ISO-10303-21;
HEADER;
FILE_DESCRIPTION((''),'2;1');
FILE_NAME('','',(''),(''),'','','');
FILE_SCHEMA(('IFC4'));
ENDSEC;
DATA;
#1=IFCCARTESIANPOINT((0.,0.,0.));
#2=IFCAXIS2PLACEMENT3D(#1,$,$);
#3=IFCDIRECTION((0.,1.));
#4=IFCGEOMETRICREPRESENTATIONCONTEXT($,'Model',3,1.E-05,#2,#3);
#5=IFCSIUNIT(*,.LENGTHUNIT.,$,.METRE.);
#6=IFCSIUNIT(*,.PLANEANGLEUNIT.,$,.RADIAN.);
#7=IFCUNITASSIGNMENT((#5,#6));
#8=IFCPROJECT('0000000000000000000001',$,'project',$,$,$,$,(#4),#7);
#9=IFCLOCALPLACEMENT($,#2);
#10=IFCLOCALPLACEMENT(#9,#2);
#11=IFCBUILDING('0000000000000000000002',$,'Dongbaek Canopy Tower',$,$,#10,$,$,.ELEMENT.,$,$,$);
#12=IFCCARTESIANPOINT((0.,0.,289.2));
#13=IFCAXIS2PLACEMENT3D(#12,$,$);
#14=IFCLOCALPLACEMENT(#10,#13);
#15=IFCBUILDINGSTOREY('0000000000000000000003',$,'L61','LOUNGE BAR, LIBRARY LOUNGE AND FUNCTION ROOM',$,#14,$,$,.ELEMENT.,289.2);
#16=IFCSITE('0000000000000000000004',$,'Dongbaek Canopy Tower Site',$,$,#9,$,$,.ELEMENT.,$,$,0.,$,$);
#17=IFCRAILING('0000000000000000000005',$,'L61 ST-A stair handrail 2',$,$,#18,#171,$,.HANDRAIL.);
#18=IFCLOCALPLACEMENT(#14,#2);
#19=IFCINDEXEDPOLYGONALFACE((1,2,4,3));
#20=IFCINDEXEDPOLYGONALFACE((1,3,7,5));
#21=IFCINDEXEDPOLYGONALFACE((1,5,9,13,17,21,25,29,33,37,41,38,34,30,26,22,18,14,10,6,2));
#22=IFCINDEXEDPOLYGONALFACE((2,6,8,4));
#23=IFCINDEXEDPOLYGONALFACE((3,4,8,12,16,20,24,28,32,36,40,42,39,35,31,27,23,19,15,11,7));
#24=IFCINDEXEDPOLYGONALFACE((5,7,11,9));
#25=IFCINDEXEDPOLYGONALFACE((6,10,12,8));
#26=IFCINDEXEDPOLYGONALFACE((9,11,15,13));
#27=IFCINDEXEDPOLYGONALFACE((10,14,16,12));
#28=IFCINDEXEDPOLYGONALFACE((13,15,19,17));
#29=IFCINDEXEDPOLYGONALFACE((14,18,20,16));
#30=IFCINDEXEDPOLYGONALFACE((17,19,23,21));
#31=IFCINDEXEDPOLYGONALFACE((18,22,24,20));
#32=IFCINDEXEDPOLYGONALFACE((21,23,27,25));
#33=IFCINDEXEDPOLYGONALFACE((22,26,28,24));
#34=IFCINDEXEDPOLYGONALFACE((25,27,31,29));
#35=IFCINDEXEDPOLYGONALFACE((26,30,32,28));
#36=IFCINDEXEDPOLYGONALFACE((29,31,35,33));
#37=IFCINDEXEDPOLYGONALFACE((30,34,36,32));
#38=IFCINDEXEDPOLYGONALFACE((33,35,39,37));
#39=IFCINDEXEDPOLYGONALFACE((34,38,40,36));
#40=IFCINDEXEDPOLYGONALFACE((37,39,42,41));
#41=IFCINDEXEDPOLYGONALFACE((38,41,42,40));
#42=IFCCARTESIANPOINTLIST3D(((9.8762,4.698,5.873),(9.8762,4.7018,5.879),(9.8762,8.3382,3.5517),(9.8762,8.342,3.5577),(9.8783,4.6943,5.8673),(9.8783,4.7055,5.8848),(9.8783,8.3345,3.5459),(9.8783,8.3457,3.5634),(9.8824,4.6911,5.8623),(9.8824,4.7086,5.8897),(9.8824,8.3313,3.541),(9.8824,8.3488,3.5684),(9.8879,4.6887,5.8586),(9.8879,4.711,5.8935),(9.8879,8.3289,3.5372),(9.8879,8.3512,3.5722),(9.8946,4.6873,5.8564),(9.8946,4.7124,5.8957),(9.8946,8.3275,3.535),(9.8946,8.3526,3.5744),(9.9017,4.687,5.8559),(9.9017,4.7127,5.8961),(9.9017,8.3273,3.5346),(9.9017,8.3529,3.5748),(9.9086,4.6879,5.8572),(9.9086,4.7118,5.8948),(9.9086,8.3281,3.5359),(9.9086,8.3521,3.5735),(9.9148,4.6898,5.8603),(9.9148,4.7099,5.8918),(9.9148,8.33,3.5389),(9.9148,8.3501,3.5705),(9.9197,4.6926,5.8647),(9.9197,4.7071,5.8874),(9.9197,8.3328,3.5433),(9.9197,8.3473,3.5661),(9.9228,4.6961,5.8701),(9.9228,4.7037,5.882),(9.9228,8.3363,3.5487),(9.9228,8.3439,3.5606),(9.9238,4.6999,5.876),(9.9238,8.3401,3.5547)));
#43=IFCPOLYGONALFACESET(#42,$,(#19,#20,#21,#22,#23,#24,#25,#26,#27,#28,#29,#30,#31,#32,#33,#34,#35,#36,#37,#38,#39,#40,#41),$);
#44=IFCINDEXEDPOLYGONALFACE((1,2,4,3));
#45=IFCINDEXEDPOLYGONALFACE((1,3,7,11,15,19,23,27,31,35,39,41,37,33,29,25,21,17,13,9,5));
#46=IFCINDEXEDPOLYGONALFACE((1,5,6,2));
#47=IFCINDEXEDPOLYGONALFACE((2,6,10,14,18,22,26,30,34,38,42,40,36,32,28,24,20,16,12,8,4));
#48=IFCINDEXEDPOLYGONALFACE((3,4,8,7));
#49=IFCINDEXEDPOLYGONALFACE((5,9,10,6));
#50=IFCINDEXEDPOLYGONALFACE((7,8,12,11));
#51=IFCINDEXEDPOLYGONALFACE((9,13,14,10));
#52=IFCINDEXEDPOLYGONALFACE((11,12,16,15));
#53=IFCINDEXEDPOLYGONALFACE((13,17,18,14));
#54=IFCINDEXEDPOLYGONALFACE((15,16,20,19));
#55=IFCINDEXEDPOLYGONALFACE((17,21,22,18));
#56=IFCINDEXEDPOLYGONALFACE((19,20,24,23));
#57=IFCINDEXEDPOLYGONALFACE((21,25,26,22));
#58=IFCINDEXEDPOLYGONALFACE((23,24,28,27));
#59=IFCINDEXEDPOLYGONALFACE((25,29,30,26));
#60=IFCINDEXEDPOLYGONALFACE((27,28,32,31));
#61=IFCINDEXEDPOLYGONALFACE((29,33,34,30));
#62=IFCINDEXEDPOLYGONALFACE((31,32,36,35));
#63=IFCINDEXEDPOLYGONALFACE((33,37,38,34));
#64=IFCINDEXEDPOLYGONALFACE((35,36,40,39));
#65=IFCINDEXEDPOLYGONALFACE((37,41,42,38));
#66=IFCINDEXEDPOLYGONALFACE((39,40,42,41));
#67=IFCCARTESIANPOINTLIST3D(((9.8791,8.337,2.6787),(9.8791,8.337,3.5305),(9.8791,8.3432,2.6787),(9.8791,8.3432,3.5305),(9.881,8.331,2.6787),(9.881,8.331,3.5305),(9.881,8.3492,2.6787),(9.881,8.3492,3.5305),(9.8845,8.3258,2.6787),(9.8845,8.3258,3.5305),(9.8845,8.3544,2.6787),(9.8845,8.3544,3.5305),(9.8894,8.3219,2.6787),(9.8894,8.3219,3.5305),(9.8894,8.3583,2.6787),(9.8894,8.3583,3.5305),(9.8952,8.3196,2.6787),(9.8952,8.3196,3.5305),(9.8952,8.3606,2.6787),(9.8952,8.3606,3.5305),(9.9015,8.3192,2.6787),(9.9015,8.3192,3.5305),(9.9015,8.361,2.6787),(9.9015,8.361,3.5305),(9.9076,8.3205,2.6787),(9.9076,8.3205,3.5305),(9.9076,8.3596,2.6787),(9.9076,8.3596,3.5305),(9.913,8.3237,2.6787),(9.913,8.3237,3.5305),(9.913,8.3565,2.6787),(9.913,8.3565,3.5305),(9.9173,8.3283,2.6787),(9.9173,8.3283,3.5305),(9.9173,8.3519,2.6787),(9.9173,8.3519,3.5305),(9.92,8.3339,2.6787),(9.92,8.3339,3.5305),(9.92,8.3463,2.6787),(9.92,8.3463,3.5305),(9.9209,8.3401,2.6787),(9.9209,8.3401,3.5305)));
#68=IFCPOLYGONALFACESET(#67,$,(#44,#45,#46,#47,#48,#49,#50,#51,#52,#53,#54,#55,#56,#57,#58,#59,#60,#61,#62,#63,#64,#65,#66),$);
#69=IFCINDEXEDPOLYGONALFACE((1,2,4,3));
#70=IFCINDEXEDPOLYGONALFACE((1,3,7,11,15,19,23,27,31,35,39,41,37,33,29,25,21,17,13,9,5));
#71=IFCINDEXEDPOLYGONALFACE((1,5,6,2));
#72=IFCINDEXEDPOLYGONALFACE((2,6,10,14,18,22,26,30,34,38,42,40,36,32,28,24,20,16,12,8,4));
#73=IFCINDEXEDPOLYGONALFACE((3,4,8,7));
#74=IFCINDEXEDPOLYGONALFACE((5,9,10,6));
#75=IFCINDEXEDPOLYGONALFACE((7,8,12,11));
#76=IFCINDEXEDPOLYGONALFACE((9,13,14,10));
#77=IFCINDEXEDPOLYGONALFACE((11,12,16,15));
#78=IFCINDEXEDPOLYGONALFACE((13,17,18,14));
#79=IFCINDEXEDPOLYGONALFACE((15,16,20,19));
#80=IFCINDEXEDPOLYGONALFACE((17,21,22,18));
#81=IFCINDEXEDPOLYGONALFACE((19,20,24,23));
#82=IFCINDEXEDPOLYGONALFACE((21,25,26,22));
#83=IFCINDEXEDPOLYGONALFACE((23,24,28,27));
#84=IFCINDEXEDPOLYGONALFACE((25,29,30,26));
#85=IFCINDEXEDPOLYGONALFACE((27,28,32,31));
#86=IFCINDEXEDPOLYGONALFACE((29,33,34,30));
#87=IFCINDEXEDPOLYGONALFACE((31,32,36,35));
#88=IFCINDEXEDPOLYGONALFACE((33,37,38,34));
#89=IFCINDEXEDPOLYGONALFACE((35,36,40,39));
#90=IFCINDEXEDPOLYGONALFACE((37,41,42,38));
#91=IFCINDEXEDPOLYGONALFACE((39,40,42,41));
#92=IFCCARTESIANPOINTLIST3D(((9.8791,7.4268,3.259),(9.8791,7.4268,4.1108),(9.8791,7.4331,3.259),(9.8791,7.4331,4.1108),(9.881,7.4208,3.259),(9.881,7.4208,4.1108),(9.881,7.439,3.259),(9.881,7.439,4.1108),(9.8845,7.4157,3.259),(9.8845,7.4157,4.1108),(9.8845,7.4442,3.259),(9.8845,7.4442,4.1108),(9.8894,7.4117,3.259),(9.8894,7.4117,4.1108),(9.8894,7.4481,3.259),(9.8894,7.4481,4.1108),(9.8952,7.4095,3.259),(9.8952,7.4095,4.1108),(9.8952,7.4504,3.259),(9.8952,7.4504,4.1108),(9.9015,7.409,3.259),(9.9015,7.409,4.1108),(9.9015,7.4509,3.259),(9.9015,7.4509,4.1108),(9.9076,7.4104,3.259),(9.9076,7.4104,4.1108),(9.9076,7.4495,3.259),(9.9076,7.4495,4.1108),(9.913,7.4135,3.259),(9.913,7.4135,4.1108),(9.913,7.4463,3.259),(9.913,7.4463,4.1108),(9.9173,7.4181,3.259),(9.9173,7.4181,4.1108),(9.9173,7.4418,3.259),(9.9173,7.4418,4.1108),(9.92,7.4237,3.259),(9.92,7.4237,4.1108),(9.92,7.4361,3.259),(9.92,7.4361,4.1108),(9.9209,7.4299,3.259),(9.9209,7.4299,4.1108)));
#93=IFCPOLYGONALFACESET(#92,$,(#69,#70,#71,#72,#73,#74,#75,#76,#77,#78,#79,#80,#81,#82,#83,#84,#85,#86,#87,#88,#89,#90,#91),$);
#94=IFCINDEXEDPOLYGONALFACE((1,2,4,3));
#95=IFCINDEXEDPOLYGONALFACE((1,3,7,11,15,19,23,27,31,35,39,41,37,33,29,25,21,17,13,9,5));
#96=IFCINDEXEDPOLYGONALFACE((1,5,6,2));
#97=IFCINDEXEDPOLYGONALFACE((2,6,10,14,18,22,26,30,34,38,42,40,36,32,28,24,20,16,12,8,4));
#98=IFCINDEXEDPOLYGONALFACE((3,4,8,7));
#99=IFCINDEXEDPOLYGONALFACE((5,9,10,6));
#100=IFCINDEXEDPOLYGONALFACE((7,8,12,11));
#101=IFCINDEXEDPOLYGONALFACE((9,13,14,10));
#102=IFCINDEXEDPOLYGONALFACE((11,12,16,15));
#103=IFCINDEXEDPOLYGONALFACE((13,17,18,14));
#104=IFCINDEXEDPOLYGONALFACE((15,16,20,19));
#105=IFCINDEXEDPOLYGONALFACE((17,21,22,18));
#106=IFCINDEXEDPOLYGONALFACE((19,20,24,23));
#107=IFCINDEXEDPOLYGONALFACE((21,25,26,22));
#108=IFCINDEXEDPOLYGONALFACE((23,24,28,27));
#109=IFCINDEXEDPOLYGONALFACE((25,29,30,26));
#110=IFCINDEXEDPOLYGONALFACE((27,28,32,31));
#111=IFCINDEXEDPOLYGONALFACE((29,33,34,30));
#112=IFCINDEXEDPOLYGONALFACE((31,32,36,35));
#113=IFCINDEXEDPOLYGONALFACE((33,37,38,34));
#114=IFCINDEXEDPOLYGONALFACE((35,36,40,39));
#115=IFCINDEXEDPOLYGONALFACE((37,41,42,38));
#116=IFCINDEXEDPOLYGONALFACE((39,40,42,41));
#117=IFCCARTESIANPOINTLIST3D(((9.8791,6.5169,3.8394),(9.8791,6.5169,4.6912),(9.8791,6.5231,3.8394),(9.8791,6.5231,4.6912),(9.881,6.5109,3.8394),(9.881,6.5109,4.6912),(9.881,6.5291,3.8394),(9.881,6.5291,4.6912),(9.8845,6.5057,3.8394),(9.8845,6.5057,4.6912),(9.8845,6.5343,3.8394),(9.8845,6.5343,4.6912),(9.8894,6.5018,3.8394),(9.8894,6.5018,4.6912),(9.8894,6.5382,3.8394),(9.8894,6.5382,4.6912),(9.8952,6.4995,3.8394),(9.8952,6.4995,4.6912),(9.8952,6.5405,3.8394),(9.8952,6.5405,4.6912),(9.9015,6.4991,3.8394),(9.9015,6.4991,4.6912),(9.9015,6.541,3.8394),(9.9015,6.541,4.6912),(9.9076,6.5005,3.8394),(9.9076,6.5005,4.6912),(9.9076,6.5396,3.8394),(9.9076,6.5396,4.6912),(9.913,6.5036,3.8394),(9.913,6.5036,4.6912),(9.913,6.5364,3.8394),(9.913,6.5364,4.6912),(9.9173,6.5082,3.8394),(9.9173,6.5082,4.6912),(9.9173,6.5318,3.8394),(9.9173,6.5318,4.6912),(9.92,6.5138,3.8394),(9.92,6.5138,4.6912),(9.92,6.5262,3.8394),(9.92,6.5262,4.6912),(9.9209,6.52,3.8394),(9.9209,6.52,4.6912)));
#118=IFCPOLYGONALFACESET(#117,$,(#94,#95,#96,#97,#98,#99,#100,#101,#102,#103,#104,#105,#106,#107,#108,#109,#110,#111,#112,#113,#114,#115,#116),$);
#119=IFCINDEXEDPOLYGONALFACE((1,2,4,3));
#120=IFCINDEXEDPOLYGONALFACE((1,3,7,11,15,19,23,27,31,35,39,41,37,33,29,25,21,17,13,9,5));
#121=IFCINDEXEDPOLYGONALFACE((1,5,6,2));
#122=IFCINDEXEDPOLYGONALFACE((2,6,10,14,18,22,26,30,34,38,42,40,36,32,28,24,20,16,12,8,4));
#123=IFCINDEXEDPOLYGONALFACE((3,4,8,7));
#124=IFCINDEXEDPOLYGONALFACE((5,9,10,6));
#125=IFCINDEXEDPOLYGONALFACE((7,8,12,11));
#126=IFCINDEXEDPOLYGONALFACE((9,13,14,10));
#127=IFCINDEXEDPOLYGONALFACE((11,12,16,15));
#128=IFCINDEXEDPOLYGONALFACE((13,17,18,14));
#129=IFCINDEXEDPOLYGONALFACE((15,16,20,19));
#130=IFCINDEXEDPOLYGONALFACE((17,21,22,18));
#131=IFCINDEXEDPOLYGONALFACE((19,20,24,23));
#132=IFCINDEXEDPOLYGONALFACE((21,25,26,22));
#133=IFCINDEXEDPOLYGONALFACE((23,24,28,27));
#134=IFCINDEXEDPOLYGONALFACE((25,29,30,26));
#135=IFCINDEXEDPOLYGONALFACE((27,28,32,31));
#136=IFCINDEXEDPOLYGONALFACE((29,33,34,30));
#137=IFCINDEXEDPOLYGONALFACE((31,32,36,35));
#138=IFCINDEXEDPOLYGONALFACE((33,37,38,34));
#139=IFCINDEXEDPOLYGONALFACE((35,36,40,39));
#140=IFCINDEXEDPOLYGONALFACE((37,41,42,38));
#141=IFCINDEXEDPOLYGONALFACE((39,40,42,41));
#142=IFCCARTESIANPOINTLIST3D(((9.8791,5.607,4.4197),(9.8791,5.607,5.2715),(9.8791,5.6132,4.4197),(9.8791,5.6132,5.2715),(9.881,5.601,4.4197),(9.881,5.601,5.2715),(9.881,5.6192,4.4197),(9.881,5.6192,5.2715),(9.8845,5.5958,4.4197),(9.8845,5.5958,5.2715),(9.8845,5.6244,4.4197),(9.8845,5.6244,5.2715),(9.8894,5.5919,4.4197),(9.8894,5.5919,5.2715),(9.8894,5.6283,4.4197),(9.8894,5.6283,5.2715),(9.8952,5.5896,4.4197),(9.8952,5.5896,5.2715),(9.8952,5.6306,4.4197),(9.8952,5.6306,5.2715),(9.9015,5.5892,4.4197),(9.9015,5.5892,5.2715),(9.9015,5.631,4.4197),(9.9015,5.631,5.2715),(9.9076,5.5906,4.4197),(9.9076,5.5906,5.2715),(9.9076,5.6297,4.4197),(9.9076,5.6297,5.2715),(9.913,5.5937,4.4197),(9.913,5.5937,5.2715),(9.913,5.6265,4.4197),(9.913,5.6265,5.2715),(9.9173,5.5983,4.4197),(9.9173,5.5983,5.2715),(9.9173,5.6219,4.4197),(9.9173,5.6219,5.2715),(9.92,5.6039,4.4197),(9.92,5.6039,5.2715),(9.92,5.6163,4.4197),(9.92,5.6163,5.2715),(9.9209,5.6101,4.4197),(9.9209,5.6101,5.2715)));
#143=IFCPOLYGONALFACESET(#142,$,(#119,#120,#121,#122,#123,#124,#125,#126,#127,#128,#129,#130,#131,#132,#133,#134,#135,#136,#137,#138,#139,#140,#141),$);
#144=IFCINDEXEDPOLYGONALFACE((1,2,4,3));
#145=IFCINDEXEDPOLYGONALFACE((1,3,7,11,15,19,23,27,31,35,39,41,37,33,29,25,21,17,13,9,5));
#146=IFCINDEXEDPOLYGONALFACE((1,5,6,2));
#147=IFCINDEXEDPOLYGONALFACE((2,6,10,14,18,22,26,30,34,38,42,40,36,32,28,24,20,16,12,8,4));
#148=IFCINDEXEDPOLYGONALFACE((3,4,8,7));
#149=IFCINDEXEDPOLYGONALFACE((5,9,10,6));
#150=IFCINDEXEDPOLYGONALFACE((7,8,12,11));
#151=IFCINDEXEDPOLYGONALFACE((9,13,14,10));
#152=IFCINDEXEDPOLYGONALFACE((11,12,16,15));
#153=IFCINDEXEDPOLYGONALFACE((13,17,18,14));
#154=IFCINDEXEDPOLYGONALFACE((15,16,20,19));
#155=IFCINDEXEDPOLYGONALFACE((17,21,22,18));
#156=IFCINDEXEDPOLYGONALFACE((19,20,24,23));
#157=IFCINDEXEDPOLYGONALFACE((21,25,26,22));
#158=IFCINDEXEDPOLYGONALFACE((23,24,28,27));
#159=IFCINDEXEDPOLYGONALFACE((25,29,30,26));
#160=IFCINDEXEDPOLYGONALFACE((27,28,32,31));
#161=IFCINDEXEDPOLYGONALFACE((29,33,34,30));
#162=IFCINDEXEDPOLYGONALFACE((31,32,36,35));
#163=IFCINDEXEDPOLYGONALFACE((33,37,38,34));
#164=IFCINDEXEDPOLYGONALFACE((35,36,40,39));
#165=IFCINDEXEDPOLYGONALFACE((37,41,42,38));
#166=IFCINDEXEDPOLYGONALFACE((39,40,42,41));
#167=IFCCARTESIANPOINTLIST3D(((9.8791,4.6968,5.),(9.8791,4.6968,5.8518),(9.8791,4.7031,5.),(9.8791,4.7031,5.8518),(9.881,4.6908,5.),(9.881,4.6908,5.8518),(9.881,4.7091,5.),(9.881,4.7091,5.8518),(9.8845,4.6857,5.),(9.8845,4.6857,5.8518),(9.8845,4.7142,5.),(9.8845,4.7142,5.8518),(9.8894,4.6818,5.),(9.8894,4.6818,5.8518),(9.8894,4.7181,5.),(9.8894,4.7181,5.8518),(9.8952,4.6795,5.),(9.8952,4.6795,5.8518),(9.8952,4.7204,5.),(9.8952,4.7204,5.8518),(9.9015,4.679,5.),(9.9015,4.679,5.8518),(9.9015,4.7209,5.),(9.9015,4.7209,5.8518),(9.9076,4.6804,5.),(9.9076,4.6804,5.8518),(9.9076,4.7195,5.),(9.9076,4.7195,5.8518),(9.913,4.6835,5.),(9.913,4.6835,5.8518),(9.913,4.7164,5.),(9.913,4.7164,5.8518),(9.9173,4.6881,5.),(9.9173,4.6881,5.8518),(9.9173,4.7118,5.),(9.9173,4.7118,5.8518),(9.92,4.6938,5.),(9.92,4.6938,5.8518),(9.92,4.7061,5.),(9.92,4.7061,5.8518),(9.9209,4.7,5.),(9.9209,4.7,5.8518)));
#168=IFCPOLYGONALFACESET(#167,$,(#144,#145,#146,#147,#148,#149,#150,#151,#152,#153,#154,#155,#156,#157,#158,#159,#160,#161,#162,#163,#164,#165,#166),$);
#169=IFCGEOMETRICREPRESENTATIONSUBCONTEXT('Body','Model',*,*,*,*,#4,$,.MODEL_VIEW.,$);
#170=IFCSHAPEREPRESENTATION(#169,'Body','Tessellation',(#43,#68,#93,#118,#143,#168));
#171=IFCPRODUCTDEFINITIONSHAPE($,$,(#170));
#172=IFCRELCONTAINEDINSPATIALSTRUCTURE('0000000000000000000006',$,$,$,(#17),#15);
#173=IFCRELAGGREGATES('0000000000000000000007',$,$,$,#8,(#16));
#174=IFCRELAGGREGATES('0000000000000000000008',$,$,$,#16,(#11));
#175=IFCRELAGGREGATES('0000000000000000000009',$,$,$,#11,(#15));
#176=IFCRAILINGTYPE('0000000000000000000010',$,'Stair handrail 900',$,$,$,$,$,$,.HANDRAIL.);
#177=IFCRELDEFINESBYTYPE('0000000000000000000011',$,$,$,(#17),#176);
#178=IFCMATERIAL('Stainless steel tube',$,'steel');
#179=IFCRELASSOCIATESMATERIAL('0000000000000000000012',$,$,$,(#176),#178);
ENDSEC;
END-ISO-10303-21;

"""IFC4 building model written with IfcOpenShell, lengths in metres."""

from ifc_helpers import new_model, si_unit, direction, frame, origin, origin_2d, place, context, subcontext, project, spatial, circle, extrude, material, type_object, element, save


model = new_model("IFC4")

# Units and contexts
model_context = context("Model", 3, precision=1e-05, world=origin(), true_north=direction((0.0, 1.0)))
body_context = subcontext(model_context, "Body", "Model", "MODEL_VIEW")
ifc_project = project(units=[si_unit("LENGTHUNIT", "METRE"), si_unit("PLANEANGLEUNIT", "RADIAN")], contexts=[model_context])

# Site, building, storey
site_placement = place(None, origin())
site = spatial("IfcSite", under=ifc_project, at=site_placement, Name="Dongbaek Canopy Tower Site", CompositionType="ELEMENT", RefElevation=0.0)
building_placement = place(site_placement, origin())
building = spatial("IfcBuilding", under=site, at=building_placement, Name="Dongbaek Canopy Tower", CompositionType="ELEMENT")
storey_placement = place(building_placement, frame((0.0, 0.0, 289.2)))
storey = spatial("IfcBuildingStorey", under=building, at=storey_placement, Name="L61", Description="LOUNGE BAR, LIBRARY LOUNGE AND FUNCTION ROOM", CompositionType="ELEMENT", Elevation=289.2)

# Railing
ifc_material_1 = material(Name="Stainless steel tube", Category="steel")
railing_type_1 = type_object("IfcRailingType", Name="Stair handrail 900", PredefinedType="HANDRAIL", material=ifc_material_1)
railing_1_placement = place(storey_placement, frame((9.8999, 8.3401, 2.6787)))
element("IfcRailing", 1, at=railing_1_placement, inside=storey, type_object=railing_type_1, Name="L61 ST-A stair handrail 2", PredefinedType="HANDRAIL", context=body_context, shape_type="SweptSolid", body=[
    extrude(circle(Radius=0.0239, at=origin_2d()), frame((0.0, 0.0, 0.876), z_axis=(0.0, -0.843153, 0.537673), x_axis=(1.0, 0.0, 0.0)), (0.0, 0.0, 1.0), 4.3174),
    extrude(circle(Radius=0.021, at=origin_2d()), origin(), (0.0, 0.0, 1.0), 0.8518),
    extrude(circle(Radius=0.021, at=origin_2d()), frame((0.0, -0.9102, 0.5803)), (0.0, 0.0, 1.0), 0.8518),
    extrude(circle(Radius=0.021, at=origin_2d()), frame((0.0, -1.8201, 1.1606)), (0.0, 0.0, 1.0), 0.8518),
    extrude(circle(Radius=0.021, at=origin_2d()), frame((0.0, -2.73, 1.741)), (0.0, 0.0, 1.0), 0.8518),
    extrude(circle(Radius=0.021, at=origin_2d()), frame((0.0, -3.6401, 2.3213)), (0.0, 0.0, 1.0), 0.8518),
])

save(model, "model.ifc")
